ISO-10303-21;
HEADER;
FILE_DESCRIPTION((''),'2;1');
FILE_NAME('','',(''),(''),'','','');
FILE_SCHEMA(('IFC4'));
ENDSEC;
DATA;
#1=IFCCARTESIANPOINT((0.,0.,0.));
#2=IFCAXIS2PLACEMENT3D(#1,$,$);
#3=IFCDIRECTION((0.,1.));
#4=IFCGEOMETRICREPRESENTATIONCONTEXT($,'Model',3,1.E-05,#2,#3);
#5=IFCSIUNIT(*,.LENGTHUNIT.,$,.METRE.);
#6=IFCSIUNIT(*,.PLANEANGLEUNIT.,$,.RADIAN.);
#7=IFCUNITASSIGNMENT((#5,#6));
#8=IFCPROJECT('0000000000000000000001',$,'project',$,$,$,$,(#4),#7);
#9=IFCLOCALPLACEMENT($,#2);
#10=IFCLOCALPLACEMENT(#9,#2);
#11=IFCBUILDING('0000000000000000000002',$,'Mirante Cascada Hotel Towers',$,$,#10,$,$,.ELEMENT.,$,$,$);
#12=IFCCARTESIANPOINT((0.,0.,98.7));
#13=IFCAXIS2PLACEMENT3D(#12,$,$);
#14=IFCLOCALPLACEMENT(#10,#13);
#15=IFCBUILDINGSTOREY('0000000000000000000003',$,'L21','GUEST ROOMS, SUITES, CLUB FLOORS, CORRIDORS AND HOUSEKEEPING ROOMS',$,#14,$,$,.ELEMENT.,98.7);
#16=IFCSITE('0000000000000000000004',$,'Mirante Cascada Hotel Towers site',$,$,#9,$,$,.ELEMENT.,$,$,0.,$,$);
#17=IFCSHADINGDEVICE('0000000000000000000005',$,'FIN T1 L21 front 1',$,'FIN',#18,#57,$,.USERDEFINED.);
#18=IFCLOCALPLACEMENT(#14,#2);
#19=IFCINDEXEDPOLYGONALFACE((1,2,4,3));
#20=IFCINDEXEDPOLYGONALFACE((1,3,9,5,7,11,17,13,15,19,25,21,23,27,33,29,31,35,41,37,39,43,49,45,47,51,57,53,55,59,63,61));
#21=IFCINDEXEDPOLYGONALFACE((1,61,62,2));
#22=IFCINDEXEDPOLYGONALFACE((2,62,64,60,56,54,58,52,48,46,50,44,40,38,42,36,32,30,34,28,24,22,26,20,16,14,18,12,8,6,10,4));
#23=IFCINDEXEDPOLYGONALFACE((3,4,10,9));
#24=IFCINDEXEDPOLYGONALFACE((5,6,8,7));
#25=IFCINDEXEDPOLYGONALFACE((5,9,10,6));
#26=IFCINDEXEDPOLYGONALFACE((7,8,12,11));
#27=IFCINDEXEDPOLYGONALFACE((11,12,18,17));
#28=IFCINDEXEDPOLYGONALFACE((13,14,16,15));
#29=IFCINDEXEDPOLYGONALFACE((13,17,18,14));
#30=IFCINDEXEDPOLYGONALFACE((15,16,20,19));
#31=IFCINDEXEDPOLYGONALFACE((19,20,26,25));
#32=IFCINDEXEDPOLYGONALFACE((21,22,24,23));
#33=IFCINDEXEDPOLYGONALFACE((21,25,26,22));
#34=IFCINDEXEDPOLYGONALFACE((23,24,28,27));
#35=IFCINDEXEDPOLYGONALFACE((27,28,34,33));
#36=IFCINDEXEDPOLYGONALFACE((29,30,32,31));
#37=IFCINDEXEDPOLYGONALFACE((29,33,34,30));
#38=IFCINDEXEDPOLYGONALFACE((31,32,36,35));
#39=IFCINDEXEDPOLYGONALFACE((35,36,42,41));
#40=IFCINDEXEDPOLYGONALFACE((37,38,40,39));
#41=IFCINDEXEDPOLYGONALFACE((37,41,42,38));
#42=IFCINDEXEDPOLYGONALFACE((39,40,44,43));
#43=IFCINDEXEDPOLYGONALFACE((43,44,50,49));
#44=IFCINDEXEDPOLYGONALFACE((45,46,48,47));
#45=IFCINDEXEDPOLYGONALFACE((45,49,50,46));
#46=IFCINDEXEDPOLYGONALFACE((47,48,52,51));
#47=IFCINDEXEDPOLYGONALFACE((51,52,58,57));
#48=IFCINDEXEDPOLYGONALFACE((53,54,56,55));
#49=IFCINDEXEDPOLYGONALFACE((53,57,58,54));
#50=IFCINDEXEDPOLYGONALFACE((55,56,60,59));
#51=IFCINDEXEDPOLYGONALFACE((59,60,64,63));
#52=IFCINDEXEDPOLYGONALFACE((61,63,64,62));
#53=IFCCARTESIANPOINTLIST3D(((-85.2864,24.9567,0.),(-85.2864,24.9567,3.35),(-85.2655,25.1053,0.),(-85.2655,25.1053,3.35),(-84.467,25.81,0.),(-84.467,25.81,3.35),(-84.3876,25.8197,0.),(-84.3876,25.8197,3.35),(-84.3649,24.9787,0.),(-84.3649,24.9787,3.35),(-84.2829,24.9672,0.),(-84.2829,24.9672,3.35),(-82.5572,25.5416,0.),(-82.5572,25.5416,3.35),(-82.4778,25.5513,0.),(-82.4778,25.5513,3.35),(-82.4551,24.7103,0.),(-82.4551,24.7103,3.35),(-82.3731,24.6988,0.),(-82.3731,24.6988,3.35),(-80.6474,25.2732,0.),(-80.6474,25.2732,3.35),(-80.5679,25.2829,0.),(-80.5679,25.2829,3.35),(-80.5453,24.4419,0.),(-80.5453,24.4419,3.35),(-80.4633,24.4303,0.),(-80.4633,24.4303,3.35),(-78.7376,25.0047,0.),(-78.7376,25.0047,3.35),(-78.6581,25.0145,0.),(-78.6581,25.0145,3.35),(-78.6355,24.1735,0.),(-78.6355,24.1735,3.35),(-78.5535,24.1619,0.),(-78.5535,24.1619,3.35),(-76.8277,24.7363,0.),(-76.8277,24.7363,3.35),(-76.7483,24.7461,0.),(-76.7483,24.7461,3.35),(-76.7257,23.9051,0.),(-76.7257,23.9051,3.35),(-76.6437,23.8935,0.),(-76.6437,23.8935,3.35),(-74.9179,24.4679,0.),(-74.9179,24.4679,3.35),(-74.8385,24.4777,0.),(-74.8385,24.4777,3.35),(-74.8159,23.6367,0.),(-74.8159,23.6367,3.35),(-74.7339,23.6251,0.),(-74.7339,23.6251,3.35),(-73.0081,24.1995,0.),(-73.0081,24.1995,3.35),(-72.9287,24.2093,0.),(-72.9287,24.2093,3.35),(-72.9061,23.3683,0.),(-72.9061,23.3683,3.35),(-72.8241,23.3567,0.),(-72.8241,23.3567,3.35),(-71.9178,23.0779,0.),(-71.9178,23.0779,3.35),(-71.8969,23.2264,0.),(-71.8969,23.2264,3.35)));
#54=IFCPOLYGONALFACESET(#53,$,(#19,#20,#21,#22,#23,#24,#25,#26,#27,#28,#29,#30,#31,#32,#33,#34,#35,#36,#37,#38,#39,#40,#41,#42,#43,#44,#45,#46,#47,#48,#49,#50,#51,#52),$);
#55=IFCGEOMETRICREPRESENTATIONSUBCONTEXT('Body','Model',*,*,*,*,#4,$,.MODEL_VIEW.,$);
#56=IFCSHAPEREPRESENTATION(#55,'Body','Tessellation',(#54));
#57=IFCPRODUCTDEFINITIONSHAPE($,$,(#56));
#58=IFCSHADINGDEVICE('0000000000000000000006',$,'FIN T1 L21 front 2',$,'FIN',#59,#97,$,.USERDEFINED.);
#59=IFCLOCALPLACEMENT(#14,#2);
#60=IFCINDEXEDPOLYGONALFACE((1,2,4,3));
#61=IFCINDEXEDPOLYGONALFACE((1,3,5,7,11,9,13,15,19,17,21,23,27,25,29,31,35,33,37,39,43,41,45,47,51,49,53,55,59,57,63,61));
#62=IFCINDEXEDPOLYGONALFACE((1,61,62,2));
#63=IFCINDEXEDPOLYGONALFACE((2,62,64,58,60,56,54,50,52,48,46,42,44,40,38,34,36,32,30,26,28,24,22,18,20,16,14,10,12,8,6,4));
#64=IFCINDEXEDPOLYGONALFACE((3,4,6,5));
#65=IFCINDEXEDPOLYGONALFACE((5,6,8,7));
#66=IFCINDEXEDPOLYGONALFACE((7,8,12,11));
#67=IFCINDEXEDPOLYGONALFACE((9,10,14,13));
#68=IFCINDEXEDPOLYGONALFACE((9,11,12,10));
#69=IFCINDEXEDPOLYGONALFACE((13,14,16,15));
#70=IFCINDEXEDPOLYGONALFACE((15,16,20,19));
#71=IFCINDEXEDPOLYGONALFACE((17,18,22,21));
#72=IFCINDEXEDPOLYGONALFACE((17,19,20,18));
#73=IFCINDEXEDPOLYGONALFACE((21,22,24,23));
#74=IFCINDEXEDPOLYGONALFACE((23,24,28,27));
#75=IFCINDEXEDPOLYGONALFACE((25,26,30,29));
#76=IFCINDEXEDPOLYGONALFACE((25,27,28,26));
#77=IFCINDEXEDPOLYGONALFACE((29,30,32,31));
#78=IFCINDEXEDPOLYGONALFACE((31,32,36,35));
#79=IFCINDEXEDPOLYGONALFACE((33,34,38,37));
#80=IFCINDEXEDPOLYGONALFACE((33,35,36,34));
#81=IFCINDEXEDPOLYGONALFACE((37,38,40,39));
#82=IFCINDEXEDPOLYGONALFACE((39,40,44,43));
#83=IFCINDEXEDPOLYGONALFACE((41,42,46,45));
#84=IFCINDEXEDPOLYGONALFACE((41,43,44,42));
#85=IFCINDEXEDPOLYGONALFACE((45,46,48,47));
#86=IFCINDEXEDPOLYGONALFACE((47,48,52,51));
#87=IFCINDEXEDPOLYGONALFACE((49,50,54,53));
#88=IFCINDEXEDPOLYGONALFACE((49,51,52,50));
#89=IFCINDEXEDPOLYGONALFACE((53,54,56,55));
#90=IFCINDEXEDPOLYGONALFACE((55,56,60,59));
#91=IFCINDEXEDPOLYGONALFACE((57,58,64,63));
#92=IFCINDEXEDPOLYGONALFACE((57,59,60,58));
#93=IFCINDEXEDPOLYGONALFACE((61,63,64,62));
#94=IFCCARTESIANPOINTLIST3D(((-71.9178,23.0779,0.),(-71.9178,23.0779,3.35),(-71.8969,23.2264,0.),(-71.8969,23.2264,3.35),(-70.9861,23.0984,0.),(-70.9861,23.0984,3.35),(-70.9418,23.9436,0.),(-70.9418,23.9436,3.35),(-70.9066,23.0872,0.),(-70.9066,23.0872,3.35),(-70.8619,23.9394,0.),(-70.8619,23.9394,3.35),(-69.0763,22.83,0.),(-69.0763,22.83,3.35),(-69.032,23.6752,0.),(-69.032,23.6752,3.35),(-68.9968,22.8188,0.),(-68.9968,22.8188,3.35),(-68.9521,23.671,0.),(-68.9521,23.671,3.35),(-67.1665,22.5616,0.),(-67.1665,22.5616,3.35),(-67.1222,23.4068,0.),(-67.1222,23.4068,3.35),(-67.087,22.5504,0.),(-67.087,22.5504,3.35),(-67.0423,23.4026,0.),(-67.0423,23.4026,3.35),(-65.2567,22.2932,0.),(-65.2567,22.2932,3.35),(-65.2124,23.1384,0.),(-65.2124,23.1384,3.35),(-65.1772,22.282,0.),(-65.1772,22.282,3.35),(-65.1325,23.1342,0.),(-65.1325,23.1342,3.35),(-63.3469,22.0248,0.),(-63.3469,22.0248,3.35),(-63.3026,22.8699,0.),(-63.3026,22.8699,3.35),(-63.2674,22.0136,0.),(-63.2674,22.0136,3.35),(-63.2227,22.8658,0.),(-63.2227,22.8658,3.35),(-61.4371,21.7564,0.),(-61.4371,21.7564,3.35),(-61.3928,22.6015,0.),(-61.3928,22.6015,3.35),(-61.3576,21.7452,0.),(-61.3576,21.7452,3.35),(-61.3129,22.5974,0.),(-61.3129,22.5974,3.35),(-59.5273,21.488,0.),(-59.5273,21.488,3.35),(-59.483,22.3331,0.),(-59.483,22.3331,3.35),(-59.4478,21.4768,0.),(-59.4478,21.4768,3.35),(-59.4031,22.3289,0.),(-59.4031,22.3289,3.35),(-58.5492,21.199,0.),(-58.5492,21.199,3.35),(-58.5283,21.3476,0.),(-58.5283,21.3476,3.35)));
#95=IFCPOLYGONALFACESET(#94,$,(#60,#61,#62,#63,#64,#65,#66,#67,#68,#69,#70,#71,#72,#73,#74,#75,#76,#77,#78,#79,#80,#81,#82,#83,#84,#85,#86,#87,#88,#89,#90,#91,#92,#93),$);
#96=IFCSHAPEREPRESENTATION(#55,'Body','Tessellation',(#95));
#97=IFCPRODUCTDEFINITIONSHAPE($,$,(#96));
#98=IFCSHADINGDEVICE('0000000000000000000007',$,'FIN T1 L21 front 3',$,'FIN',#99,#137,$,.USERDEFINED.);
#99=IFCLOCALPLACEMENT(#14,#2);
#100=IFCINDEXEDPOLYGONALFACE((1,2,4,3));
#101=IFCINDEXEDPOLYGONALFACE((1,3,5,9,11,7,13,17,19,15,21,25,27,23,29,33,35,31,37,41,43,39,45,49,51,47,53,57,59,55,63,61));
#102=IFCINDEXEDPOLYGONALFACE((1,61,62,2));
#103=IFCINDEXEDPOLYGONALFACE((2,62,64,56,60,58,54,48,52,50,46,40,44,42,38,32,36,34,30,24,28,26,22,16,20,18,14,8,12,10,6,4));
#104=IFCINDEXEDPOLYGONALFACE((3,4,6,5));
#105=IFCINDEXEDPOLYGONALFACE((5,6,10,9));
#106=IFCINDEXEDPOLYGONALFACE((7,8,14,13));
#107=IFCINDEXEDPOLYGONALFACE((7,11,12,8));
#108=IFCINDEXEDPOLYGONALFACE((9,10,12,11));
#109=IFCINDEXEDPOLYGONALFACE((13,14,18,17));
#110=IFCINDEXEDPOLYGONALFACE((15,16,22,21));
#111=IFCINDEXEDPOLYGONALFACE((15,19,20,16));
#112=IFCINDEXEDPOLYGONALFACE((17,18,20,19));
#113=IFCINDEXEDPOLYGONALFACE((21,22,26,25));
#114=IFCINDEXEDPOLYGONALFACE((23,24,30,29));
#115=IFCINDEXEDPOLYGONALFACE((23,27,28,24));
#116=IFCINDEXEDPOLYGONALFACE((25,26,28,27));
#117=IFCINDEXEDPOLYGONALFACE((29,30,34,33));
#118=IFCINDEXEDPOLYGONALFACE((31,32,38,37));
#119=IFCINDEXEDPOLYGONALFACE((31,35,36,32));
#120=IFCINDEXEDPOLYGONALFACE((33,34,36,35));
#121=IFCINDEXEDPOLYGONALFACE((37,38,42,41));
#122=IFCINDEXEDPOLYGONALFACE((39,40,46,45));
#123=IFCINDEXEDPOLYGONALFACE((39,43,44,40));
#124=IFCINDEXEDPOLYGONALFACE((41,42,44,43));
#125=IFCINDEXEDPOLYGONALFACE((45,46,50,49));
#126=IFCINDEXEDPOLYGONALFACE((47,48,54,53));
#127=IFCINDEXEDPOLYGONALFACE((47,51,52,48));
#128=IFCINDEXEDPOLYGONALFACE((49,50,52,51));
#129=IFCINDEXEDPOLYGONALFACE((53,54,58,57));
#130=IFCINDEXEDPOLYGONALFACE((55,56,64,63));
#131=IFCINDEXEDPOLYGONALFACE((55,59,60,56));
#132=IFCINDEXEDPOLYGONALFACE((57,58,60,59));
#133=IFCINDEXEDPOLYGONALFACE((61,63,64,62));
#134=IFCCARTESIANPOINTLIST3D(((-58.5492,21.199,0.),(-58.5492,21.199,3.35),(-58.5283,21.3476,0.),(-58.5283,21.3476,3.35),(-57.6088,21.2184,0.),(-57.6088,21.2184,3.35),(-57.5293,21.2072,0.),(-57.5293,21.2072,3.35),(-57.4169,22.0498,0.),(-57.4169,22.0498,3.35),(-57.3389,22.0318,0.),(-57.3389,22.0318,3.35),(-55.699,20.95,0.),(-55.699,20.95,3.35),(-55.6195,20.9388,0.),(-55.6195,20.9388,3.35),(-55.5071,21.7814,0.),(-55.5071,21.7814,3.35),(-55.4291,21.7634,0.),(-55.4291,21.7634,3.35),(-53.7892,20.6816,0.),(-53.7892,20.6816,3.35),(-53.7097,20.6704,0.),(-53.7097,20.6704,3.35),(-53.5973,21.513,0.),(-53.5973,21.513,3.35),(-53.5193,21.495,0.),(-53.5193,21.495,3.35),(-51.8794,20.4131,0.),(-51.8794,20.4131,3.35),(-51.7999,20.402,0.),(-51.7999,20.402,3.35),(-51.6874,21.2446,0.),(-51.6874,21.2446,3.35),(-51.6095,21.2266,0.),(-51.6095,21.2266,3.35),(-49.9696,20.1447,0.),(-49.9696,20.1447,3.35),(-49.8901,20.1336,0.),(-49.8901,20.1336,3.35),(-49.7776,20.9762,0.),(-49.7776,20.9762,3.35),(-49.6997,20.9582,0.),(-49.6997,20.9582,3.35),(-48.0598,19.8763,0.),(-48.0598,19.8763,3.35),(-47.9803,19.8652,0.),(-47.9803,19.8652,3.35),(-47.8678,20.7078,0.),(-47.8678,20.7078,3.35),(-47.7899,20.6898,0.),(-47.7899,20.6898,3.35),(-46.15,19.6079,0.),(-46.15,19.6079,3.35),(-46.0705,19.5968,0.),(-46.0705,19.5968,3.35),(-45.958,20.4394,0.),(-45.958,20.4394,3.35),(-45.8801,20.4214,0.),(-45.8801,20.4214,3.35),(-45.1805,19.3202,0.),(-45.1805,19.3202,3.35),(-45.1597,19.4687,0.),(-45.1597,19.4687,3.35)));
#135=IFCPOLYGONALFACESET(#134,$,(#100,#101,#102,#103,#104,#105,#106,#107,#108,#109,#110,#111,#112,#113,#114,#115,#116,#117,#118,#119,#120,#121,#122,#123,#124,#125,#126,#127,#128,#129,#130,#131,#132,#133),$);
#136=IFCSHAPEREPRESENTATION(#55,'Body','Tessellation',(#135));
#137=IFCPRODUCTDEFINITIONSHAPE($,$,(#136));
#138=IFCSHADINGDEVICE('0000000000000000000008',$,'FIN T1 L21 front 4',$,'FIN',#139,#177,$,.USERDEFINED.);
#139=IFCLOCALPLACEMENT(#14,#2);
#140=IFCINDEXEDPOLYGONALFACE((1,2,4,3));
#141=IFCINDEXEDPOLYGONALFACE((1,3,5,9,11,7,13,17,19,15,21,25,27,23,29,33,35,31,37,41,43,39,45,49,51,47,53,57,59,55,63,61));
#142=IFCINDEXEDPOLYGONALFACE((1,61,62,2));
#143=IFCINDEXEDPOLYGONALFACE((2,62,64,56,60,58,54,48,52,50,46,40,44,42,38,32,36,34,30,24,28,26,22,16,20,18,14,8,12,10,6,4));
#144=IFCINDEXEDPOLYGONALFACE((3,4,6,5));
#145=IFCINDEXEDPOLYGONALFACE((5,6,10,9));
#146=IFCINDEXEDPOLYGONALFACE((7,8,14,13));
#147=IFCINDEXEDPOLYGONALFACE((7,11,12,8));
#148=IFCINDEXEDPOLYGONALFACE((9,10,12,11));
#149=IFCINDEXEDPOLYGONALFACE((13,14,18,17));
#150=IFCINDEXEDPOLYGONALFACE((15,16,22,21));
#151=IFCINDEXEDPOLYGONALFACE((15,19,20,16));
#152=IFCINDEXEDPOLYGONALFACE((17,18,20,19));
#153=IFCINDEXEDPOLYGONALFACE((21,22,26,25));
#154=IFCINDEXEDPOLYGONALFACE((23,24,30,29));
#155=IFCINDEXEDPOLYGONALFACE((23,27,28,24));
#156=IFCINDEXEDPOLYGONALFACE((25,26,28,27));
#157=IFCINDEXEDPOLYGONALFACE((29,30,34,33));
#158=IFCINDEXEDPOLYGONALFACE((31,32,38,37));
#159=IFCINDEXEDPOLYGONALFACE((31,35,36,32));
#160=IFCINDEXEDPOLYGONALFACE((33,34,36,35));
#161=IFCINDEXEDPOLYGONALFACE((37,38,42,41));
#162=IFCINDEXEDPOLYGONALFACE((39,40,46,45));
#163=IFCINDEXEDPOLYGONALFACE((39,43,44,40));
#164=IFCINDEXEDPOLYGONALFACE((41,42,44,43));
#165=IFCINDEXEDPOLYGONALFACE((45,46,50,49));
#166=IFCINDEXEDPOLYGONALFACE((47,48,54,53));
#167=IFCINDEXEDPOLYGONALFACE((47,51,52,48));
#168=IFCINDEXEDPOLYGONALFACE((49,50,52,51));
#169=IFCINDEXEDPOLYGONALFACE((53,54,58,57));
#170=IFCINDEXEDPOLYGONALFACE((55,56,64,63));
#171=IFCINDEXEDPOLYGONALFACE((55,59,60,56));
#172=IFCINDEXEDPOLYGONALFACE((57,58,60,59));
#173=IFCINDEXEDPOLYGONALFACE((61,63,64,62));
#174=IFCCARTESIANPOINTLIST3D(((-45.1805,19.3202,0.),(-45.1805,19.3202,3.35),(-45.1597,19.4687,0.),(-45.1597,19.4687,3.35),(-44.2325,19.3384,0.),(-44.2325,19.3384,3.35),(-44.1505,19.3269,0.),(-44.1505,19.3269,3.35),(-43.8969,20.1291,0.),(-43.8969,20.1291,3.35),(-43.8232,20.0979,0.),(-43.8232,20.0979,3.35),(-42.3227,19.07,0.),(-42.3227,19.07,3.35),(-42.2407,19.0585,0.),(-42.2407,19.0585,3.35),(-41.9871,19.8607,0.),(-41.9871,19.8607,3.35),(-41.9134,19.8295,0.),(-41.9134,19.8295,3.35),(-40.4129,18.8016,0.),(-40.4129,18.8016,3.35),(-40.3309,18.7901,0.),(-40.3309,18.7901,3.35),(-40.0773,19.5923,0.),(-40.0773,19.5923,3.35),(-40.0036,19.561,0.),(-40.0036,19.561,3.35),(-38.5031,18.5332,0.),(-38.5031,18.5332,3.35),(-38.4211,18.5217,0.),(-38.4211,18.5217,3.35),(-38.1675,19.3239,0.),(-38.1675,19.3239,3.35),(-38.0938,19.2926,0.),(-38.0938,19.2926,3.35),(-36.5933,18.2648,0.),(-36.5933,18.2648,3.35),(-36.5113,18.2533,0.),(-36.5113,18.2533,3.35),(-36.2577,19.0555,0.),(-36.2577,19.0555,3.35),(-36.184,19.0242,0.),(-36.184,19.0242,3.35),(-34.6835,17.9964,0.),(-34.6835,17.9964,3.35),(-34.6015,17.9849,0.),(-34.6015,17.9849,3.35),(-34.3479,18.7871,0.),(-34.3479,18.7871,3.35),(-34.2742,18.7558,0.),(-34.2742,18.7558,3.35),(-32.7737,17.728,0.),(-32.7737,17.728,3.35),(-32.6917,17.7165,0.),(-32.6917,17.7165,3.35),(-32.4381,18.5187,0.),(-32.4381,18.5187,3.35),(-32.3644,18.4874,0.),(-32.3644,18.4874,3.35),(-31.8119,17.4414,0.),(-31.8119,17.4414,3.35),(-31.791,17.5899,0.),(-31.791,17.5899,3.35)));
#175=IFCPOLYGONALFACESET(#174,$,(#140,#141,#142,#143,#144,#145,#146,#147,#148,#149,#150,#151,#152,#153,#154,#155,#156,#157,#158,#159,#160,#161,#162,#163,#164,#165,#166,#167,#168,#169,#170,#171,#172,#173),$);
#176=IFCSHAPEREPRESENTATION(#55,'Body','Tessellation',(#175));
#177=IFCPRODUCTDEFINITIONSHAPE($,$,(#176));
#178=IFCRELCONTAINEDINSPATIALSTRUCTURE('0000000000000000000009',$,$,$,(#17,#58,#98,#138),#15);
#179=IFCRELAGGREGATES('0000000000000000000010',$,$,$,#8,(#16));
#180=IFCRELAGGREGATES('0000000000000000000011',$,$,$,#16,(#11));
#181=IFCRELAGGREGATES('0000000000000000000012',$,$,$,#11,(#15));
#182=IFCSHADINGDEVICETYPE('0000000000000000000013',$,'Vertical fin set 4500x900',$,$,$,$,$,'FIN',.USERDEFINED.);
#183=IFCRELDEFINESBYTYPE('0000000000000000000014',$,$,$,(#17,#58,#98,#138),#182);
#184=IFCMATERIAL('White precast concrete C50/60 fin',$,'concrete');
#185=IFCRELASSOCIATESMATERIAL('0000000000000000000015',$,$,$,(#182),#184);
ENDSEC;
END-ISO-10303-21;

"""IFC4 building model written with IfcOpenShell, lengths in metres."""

from ifc_helpers import new_model, si_unit, direction, frame, origin, place, context, subcontext, project, spatial, polyline, outline, extrude, material, type_object, element, save


model = new_model("IFC4")

# Units and contexts
model_context = context("Model", 3, precision=1e-05, world=origin(), true_north=direction((0.0, 1.0)))
body_context = subcontext(model_context, "Body", "Model", "MODEL_VIEW")
ifc_project = project(units=[si_unit("LENGTHUNIT", "METRE"), si_unit("PLANEANGLEUNIT", "RADIAN")], contexts=[model_context])

# Site, building, storey
site_placement = place(None, origin())
site = spatial("IfcSite", under=ifc_project, at=site_placement, Name="Mirante Cascada Hotel Towers site", CompositionType="ELEMENT", RefElevation=0.0)
building_placement = place(site_placement, origin())
building = spatial("IfcBuilding", under=site, at=building_placement, Name="Mirante Cascada Hotel Towers", CompositionType="ELEMENT")
storey_placement = place(building_placement, frame((0.0, 0.0, 98.7)))
storey = spatial("IfcBuildingStorey", under=building, at=storey_placement, Name="L21", Description="GUEST ROOMS, SUITES, CLUB FLOORS, CORRIDORS AND HOUSEKEEPING ROOMS", CompositionType="ELEMENT", Elevation=98.7)

# Shading devices
ifc_material_1 = material(Name="White precast concrete C50/60 fin", Category="concrete")
shading_device_type = type_object("IfcShadingDeviceType", Name="Vertical fin set 4500x900", ElementType="FIN", PredefinedType="USERDEFINED", material=ifc_material_1)
shading_device_1_placement = place(storey_placement, origin())
element("IfcShadingDevice", 1, at=shading_device_1_placement, inside=storey, type_object=shading_device_type, Name="FIN T1 L21 front 1", ObjectType="FIN", PredefinedType="USERDEFINED", context=body_context, shape_type="SweptSolid", body=[
    extrude(outline(polyline([(-72.8241, 23.3567), (-71.8969, 23.2264), (-71.9178, 23.0779), (-85.2864, 24.9567), (-85.2655, 25.1053), (-84.3649, 24.9787), (-84.467, 25.81), (-84.3876, 25.8197), (-84.2829, 24.9672), (-82.4551, 24.7103), (-82.5572, 25.5416), (-82.4778, 25.5513), (-82.3731, 24.6988), (-80.5453, 24.4419), (-80.6474, 25.2732), (-80.5679, 25.2829), (-80.4633, 24.4303), (-78.6355, 24.1735), (-78.7376, 25.0047), (-78.6581, 25.0145), (-78.5535, 24.1619), (-76.7257, 23.9051), (-76.8277, 24.7363), (-76.7483, 24.7461), (-76.6437, 23.8935), (-74.8159, 23.6367), (-74.9179, 24.4679), (-74.8385, 24.4777), (-74.7339, 23.6251), (-72.9061, 23.3683), (-73.0081, 24.1995), (-72.9287, 24.2093), (-72.8241, 23.3567)])), origin(), (0.0, 0.0, 1.0), 3.35),
])
shading_device_2_placement = place(storey_placement, origin())
element("IfcShadingDevice", 2, at=shading_device_2_placement, inside=storey, type_object=shading_device_type, Name="FIN T1 L21 front 2", ObjectType="FIN", PredefinedType="USERDEFINED", context=body_context, shape_type="SweptSolid", body=[
    extrude(outline(polyline([(-59.4478, 21.4768), (-58.5283, 21.3476), (-58.5492, 21.199), (-71.9178, 23.0779), (-71.8969, 23.2264), (-70.9861, 23.0984), (-70.9418, 23.9436), (-70.8619, 23.9394), (-70.9066, 23.0872), (-69.0763, 22.83), (-69.032, 23.6752), (-68.9521, 23.671), (-68.9968, 22.8188), (-67.1665, 22.5616), (-67.1222, 23.4068), (-67.0423, 23.4026), (-67.087, 22.5504), (-65.2567, 22.2932), (-65.2124, 23.1384), (-65.1325, 23.1342), (-65.1772, 22.282), (-63.3469, 22.0248), (-63.3026, 22.8699), (-63.2227, 22.8658), (-63.2674, 22.0136), (-61.4371, 21.7564), (-61.3928, 22.6015), (-61.3129, 22.5974), (-61.3576, 21.7452), (-59.5273, 21.488), (-59.483, 22.3331), (-59.4031, 22.3289), (-59.4478, 21.4768)])), origin(), (0.0, 0.0, 1.0), 3.35),
])
shading_device_3_placement = place(storey_placement, origin())
element("IfcShadingDevice", 3, at=shading_device_3_placement, inside=storey, type_object=shading_device_type, Name="FIN T1 L21 front 3", ObjectType="FIN", PredefinedType="USERDEFINED", context=body_context, shape_type="SweptSolid", body=[
    extrude(outline(polyline([(-46.0705, 19.5968), (-45.1597, 19.4687), (-45.1805, 19.3202), (-58.5492, 21.199), (-58.5283, 21.3476), (-57.6088, 21.2184), (-57.4169, 22.0498), (-57.3389, 22.0318), (-57.5293, 21.2072), (-55.699, 20.95), (-55.5071, 21.7814), (-55.4291, 21.7634), (-55.6195, 20.9388), (-53.7892, 20.6816), (-53.5973, 21.513), (-53.5193, 21.495), (-53.7097, 20.6704), (-51.8794, 20.4131), (-51.6874, 21.2446), (-51.6095, 21.2266), (-51.7999, 20.402), (-49.9696, 20.1447), (-49.7776, 20.9762), (-49.6997, 20.9582), (-49.8901, 20.1336), (-48.0598, 19.8763), (-47.8678, 20.7078), (-47.7899, 20.6898), (-47.9803, 19.8652), (-46.15, 19.6079), (-45.958, 20.4394), (-45.8801, 20.4214), (-46.0705, 19.5968)])), origin(), (0.0, 0.0, 1.0), 3.35),
])
shading_device_4_placement = place(storey_placement, origin())
element("IfcShadingDevice", 4, at=shading_device_4_placement, inside=storey, type_object=shading_device_type, Name="FIN T1 L21 front 4", ObjectType="FIN", PredefinedType="USERDEFINED", context=body_context, shape_type="SweptSolid", body=[
    extrude(outline(polyline([(-32.6917, 17.7165), (-31.791, 17.5899), (-31.8119, 17.4414), (-45.1805, 19.3202), (-45.1597, 19.4687), (-44.2325, 19.3384), (-43.8969, 20.1291), (-43.8232, 20.0979), (-44.1505, 19.3269), (-42.3227, 19.07), (-41.9871, 19.8607), (-41.9134, 19.8295), (-42.2407, 19.0585), (-40.4129, 18.8016), (-40.0773, 19.5923), (-40.0036, 19.561), (-40.3309, 18.7901), (-38.5031, 18.5332), (-38.1675, 19.3239), (-38.0938, 19.2926), (-38.4211, 18.5217), (-36.5933, 18.2648), (-36.2577, 19.0555), (-36.184, 19.0242), (-36.5113, 18.2533), (-34.6835, 17.9964), (-34.3479, 18.7871), (-34.2742, 18.7558), (-34.6015, 17.9849), (-32.7737, 17.728), (-32.4381, 18.5187), (-32.3644, 18.4874), (-32.6917, 17.7165)])), origin(), (0.0, 0.0, 1.0), 3.35),
])

save(model, "model.ifc")
